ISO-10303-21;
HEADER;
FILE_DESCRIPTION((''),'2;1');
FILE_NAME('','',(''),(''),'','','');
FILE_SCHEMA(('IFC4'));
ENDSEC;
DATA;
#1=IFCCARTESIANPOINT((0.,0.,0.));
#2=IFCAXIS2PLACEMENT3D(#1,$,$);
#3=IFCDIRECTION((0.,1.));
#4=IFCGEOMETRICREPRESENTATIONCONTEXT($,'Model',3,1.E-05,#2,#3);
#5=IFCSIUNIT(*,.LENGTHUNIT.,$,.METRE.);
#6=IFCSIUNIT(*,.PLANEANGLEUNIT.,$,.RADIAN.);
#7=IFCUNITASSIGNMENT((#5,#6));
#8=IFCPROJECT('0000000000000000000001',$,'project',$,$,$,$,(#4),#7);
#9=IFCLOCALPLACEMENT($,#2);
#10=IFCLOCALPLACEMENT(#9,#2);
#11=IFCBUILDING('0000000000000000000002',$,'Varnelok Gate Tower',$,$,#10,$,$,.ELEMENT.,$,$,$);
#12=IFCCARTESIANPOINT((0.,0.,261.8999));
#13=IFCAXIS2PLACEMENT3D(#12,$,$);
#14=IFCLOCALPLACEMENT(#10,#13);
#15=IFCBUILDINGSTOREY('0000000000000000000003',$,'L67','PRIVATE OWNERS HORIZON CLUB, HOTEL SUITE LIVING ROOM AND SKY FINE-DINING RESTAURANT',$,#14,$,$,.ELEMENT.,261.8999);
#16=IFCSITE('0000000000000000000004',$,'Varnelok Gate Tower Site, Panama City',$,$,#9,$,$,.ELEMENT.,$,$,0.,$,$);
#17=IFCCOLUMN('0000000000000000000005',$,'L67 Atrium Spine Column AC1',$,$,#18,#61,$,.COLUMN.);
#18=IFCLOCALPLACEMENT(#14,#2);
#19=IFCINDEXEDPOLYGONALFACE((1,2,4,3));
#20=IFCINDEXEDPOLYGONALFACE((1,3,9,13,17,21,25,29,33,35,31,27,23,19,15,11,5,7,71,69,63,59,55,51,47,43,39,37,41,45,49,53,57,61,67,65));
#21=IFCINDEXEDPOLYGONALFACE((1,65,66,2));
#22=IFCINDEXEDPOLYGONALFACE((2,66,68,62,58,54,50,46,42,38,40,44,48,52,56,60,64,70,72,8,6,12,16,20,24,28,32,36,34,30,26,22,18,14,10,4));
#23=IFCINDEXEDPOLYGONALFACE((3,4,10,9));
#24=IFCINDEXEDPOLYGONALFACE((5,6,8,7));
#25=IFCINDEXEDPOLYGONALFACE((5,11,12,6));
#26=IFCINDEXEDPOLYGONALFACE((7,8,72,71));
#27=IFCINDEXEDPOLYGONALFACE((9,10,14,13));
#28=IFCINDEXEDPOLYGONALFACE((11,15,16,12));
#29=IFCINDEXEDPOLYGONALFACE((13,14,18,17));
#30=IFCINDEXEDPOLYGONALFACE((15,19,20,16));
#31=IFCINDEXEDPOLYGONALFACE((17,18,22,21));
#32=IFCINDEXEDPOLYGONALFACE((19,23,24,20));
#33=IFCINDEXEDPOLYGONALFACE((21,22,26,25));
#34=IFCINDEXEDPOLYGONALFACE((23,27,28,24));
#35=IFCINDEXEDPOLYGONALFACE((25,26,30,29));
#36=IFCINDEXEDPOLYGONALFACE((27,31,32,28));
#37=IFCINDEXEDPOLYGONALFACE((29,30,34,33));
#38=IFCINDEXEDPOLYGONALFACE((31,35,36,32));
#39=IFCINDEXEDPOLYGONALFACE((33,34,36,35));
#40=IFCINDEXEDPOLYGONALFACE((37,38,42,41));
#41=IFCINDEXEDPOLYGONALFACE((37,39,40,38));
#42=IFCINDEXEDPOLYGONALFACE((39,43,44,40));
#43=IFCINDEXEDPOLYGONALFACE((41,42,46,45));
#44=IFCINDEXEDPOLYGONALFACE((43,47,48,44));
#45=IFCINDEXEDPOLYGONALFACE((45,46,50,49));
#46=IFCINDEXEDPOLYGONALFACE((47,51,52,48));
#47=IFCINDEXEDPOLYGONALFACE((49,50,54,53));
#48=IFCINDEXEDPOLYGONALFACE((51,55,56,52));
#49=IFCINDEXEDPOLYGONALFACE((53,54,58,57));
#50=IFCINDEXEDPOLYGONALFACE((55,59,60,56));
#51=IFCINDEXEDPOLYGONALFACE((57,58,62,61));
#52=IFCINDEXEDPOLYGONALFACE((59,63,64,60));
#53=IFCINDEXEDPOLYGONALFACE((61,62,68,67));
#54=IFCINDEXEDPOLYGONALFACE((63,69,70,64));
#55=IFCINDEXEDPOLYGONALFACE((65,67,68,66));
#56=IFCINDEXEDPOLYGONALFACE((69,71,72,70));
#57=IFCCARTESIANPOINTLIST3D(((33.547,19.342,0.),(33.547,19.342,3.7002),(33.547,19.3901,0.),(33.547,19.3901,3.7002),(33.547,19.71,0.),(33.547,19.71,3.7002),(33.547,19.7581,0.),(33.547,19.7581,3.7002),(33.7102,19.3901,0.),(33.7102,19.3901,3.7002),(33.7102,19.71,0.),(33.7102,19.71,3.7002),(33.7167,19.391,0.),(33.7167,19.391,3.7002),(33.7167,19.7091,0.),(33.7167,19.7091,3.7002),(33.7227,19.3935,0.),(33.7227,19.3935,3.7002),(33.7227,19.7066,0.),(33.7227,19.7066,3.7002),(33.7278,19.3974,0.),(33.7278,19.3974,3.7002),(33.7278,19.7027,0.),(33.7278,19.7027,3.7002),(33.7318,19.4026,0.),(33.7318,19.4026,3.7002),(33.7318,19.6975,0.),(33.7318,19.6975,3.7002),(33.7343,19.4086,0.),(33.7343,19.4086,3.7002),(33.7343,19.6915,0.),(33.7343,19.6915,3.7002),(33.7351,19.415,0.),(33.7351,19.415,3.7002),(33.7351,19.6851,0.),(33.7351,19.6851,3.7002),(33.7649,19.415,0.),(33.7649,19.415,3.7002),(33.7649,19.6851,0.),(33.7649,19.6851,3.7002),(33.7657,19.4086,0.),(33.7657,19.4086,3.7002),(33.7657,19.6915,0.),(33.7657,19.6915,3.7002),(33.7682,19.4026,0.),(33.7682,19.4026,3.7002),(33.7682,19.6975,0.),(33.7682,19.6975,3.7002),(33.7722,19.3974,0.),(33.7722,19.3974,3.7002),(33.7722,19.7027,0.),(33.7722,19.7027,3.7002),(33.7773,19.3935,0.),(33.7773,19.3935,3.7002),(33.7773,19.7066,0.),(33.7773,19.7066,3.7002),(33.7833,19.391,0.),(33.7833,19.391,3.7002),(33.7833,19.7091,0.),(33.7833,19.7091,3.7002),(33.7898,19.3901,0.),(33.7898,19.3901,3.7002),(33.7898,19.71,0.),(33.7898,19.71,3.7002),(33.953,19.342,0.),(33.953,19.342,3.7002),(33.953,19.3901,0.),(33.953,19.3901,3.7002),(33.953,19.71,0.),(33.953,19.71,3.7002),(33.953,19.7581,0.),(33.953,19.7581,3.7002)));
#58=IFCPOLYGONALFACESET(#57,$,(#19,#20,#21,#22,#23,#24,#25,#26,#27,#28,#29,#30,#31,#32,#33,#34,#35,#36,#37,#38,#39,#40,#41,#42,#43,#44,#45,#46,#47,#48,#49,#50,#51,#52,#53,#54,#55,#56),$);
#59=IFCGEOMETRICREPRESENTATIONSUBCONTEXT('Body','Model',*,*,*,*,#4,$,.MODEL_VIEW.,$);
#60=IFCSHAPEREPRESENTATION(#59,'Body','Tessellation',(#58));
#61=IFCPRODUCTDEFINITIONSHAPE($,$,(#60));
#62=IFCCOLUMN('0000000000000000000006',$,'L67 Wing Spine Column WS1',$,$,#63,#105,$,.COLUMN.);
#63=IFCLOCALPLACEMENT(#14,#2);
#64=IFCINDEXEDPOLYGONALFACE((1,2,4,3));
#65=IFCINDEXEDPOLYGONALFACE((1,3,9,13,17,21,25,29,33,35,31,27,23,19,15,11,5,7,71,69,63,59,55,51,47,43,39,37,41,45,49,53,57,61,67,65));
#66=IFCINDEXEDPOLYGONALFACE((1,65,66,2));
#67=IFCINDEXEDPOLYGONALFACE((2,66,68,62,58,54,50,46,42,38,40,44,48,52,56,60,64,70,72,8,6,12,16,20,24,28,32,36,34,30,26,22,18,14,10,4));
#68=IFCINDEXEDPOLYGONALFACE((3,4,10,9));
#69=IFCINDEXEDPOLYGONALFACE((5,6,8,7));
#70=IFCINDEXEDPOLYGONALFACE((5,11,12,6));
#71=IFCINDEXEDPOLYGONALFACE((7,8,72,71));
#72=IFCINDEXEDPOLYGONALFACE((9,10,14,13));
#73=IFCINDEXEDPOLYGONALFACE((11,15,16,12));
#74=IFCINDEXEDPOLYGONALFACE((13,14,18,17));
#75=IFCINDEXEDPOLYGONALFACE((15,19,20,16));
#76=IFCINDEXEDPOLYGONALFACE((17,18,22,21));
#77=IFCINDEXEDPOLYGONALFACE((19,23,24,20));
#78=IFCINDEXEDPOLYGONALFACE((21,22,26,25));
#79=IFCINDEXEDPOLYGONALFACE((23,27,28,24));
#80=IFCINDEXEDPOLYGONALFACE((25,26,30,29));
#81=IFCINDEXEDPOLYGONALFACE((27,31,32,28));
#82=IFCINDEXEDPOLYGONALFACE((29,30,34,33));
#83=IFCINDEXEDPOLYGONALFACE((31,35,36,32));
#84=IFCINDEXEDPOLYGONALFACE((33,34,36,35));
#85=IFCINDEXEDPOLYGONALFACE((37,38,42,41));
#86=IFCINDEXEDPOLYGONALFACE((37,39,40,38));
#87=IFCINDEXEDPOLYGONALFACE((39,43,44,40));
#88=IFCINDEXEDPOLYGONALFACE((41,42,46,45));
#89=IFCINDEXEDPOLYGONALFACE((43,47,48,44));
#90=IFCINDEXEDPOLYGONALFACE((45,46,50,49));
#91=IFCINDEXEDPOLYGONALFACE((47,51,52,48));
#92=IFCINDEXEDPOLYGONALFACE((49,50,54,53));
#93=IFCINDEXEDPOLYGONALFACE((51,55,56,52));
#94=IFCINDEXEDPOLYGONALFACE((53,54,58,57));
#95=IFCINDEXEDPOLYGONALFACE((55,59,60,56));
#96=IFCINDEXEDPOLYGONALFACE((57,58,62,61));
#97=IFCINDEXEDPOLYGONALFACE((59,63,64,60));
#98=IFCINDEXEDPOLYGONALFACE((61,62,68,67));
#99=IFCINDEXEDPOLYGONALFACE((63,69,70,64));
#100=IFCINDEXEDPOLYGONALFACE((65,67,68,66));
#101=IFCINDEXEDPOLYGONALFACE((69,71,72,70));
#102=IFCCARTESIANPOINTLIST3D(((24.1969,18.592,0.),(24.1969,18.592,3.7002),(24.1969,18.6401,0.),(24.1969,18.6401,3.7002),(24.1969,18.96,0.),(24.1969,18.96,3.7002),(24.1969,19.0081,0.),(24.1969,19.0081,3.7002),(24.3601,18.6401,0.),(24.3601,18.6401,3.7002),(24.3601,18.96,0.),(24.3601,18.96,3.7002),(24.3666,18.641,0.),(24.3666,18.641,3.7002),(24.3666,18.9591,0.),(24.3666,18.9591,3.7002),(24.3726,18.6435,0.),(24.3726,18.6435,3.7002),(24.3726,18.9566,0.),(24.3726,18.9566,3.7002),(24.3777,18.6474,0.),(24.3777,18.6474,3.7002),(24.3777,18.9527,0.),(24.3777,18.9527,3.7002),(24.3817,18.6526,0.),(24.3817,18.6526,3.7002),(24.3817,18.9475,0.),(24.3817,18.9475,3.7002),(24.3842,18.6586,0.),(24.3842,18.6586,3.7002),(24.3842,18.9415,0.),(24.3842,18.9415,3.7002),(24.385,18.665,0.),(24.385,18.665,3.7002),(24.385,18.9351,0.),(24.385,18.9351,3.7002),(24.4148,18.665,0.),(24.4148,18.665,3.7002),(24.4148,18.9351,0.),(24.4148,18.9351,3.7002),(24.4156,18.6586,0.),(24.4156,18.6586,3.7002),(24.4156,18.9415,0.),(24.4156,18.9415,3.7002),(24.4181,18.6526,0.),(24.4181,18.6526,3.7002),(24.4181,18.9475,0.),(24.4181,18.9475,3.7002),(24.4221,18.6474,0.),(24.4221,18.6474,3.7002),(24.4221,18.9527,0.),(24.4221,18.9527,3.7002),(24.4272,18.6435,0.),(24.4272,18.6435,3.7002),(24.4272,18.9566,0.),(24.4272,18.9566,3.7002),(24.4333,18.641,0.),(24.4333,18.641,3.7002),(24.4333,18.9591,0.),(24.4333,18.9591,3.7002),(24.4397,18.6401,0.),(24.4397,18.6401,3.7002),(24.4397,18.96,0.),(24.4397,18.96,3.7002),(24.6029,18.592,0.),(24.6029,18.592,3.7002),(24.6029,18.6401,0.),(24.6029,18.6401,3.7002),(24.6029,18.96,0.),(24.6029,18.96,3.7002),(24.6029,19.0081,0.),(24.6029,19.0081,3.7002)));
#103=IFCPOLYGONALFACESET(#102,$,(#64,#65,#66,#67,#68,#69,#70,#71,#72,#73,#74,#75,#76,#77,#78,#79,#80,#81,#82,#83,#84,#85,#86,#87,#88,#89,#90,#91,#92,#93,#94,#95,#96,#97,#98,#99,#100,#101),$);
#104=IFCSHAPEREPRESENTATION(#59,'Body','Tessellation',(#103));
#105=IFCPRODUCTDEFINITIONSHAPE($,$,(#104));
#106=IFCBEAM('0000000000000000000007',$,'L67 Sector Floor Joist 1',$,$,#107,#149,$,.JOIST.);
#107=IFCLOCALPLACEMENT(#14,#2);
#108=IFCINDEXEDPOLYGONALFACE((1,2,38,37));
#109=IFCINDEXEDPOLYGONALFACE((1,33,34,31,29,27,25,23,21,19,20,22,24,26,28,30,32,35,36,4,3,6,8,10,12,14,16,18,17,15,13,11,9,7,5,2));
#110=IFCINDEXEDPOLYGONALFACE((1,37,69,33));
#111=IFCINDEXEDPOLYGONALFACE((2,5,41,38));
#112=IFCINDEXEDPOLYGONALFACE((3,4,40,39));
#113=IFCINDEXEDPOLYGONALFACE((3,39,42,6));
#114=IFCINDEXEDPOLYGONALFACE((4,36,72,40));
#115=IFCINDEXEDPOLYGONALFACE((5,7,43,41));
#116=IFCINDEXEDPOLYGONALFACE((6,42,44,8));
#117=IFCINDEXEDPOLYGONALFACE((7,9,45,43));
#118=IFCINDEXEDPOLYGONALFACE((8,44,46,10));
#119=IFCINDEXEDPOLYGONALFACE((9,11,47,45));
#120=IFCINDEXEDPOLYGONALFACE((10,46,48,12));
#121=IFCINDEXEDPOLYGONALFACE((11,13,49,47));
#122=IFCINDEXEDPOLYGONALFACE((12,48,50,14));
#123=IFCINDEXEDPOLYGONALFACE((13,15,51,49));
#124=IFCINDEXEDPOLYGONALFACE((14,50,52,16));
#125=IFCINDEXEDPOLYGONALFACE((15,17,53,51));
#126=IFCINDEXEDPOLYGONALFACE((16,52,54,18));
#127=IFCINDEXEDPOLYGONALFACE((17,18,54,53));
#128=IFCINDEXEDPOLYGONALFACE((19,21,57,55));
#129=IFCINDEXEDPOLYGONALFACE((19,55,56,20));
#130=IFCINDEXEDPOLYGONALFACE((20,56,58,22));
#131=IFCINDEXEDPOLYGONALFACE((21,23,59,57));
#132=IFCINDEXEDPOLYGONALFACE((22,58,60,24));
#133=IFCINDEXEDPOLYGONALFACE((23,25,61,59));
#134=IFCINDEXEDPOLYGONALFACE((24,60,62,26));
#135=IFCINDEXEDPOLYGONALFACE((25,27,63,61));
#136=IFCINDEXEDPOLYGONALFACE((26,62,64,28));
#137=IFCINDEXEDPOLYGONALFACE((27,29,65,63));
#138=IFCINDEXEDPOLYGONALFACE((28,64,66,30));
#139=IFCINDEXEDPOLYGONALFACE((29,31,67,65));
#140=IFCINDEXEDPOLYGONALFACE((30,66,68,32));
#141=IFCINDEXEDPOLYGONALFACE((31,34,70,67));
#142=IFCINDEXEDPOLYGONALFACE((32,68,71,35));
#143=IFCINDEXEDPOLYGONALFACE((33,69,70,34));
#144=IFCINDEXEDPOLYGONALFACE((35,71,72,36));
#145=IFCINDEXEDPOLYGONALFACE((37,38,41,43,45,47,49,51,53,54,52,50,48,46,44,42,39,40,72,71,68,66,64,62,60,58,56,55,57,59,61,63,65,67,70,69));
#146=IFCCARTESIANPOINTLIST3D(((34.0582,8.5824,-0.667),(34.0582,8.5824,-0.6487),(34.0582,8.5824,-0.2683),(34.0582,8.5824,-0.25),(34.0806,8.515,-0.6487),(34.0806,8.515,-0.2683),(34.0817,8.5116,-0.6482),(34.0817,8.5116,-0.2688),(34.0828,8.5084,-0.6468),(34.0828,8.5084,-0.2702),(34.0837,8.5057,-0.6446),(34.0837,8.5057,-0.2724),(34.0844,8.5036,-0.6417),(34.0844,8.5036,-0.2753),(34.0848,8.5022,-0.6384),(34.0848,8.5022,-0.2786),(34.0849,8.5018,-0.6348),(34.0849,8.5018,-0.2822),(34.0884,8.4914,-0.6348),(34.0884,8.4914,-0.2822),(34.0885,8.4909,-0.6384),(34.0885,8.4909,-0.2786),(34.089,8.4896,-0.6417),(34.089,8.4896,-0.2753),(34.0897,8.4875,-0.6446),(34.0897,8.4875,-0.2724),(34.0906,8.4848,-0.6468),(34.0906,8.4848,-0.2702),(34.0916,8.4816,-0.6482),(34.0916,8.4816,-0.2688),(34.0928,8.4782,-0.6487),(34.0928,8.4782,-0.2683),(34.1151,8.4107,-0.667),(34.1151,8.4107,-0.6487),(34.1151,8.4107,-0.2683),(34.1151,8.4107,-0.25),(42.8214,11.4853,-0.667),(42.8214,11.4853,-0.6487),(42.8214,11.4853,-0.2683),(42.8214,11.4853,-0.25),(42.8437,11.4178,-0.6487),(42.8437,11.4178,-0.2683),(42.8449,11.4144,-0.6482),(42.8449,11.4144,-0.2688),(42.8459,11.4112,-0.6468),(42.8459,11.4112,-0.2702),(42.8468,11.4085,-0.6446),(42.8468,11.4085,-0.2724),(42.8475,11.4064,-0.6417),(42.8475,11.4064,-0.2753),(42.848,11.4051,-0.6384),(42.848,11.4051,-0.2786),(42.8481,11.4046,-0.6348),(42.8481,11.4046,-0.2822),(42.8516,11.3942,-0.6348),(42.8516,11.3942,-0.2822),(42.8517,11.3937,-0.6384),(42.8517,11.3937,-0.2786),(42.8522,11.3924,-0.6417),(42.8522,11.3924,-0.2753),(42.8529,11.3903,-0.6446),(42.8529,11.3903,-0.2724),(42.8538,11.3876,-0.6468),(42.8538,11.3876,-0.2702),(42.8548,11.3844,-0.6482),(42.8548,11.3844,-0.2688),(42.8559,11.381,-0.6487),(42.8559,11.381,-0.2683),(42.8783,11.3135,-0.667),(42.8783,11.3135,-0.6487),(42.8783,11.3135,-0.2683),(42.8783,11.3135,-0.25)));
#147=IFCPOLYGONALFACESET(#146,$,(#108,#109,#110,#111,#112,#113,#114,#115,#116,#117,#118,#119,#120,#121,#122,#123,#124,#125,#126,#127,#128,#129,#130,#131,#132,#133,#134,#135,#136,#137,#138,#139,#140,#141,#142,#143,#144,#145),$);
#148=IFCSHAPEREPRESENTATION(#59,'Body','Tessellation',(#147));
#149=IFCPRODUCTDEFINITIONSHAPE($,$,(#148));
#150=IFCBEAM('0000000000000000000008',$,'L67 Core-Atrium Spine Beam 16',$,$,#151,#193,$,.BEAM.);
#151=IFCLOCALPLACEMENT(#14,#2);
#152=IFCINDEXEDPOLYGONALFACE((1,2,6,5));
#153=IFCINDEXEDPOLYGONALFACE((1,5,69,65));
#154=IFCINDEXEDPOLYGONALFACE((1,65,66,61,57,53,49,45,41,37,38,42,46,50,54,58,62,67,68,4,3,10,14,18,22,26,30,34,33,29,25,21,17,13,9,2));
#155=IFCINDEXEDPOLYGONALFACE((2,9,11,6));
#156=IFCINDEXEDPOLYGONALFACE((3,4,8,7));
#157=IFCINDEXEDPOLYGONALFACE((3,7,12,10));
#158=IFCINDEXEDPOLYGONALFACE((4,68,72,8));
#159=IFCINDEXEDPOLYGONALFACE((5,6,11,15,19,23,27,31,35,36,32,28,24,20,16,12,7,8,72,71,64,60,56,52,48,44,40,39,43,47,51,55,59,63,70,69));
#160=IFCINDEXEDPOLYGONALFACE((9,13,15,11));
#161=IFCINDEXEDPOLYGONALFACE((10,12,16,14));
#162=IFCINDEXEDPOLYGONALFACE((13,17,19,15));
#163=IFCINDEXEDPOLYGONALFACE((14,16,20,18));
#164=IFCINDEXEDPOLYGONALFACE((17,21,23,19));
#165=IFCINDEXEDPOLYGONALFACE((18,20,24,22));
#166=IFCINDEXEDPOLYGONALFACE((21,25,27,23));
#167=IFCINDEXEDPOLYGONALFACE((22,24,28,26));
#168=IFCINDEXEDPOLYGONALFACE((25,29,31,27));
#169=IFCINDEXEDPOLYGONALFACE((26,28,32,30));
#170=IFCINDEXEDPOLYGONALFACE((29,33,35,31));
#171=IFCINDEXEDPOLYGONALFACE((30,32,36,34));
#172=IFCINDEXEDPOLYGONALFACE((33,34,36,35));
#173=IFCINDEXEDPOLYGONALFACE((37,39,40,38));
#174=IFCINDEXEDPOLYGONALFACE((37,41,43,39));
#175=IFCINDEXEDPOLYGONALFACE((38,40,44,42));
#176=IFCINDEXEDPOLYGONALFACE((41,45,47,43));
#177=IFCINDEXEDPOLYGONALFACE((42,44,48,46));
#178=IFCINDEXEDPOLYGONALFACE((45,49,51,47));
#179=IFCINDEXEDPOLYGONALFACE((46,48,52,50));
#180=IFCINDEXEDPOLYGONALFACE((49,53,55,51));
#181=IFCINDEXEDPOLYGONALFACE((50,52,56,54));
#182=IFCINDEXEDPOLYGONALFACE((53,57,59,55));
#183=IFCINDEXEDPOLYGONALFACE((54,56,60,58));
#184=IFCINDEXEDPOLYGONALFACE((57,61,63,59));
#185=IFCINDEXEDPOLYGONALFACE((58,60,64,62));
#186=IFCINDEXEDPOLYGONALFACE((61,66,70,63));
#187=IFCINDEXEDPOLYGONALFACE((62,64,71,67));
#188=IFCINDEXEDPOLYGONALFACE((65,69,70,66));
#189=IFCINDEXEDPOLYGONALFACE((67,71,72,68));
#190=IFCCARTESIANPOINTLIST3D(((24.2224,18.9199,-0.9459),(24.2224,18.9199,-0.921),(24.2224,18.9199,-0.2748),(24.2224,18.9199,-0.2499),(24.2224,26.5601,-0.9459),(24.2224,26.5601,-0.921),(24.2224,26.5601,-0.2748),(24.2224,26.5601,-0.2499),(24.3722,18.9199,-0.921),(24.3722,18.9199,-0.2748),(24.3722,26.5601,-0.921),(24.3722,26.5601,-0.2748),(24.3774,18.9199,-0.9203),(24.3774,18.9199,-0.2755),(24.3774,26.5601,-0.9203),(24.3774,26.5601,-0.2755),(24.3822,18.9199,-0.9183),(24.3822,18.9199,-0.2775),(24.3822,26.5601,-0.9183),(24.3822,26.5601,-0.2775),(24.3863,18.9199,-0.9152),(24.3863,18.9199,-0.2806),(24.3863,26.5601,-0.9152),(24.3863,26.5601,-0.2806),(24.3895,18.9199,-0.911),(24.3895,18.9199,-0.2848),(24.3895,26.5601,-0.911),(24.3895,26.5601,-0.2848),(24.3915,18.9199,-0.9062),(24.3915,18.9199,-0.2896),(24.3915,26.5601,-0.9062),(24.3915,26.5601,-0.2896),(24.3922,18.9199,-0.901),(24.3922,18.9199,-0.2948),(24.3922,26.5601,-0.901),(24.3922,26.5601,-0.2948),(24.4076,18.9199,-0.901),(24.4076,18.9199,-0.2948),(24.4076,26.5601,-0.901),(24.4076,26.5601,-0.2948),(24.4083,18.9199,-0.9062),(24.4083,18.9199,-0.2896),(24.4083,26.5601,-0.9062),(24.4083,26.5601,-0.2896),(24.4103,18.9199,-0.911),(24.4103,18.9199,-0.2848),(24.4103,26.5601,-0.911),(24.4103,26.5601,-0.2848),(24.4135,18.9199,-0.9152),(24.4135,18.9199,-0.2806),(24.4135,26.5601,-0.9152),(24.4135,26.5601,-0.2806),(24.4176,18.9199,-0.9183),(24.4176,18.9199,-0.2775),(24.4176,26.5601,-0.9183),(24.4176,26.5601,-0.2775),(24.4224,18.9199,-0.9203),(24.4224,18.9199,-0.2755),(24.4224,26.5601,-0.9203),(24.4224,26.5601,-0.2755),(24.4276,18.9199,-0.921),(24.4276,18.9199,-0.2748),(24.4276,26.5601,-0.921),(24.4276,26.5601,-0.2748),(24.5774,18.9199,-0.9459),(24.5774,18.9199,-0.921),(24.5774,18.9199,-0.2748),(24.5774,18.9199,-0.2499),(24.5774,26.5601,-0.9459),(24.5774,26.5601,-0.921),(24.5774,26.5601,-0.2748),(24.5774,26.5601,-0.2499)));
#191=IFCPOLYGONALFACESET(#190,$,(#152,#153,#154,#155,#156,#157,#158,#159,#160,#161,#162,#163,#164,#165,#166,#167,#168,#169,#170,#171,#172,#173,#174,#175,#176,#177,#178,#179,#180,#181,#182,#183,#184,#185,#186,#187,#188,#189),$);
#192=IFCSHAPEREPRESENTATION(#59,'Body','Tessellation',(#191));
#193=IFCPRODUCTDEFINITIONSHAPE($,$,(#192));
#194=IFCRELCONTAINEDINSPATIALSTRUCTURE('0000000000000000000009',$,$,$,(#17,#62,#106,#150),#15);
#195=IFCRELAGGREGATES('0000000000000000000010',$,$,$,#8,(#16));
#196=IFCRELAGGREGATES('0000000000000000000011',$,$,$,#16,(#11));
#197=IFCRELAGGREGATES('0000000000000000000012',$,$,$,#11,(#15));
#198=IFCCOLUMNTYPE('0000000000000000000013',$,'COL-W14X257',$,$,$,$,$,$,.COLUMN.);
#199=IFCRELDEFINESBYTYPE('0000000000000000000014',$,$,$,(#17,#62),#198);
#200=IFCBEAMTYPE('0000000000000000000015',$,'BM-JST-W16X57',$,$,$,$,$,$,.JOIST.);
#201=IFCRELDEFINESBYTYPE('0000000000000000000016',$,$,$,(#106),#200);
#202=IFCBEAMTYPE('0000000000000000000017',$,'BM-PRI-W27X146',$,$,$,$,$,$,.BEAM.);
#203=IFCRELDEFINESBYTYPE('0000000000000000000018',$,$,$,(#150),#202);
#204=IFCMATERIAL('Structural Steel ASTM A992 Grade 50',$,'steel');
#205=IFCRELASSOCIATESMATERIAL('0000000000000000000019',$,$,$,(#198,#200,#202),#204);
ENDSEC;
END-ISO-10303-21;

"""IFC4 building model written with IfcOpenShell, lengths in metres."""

from ifc_helpers import new_model, si_unit, direction, frame, origin, origin_2d, place, context, subcontext, project, spatial, i_section, extrude, material, material_profile, profile_set, type_object, element, save


model = new_model("IFC4")

# Units and contexts
model_context = context("Model", 3, precision=1e-05, world=origin(), true_north=direction((0.0, 1.0)))
body_context = subcontext(model_context, "Body", "Model", "MODEL_VIEW")
ifc_project = project(units=[si_unit("LENGTHUNIT", "METRE"), si_unit("PLANEANGLEUNIT", "RADIAN")], contexts=[model_context])

# Site, building, storey
site_placement = place(None, origin())
site = spatial("IfcSite", under=ifc_project, at=site_placement, Name="Varnelok Gate Tower Site, Panama City", CompositionType="ELEMENT", RefElevation=0.0)
building_placement = place(site_placement, origin())
building = spatial("IfcBuilding", under=site, at=building_placement, Name="Varnelok Gate Tower", CompositionType="ELEMENT")
storey_placement = place(building_placement, frame((0.0, 0.0, 261.8999)))
storey = spatial("IfcBuildingStorey", under=building, at=storey_placement, Name="L67", Description="PRIVATE OWNERS HORIZON CLUB, HOTEL SUITE LIVING ROOM AND SKY FINE-DINING RESTAURANT", CompositionType="ELEMENT", Elevation=261.8999)

# Columns
ifc_material_1 = material(Name="Structural Steel ASTM A992 Grade 50", Category="steel")
ifc_material_profile_1 = material_profile(ifc_material_1, i_section(OverallWidth=0.406, OverallDepth=0.416, WebThickness=0.0298, FlangeThickness=0.0481, FilletRadius=0.0249, at=origin_2d()), Name="W14X257")
ifc_profile_set_1 = profile_set([ifc_material_profile_1], Name="Structural Steel ASTM A992 Grade 50")
column_type = type_object("IfcColumnType", Name="COL-W14X257", PredefinedType="COLUMN", material=ifc_profile_set_1)
for number, where, z_axis, x_axis, name in (
    (1, (33.75, 19.55, 0.0), (0.0, 0.0, 1.0), (1.0, 0.0, 0.0), "L67 Atrium Spine Column AC1"),
    (2, (24.3999, 18.8, 0.0), (0.0, 0.0, 1.0), (1.0, 0.0, 0.0), "L67 Wing Spine Column WS1"),
):
    element("IfcColumn", number, at=place(storey_placement, frame(where, z_axis=z_axis, x_axis=x_axis)), inside=storey, type_object=column_type, Name=name, PredefinedType="COLUMN", context=body_context, shape_type="SweptSolid", body=[
        extrude(i_section(OverallWidth=0.406, OverallDepth=0.416, WebThickness=0.0298, FlangeThickness=0.0481, FilletRadius=0.0249, at=origin_2d()), origin(), (0.0, 0.0, 1.0), 3.7002),
    ])

# Beams
ifc_material_profile_2 = material_profile(ifc_material_1, i_section(OverallWidth=0.1809, OverallDepth=0.417, WebThickness=0.011, FlangeThickness=0.0183, FilletRadius=0.0139, at=origin_2d()), Name="W16X57")
ifc_profile_set_2 = profile_set([ifc_material_profile_2], Name="Structural Steel ASTM A992 Grade 50")
beam_type_1 = type_object("IfcBeamType", Name="BM-JST-W16X57", PredefinedType="JOIST", material=ifc_profile_set_2)
beam_1_placement = place(storey_placement, frame((34.0867, 8.4966, -0.4585), z_axis=(0.949274, 0.31445, 0.0), x_axis=(-0.31445, 0.949274, 0.0)))
element("IfcBeam", 3, at=beam_1_placement, inside=storey, type_object=beam_type_1, Name="L67 Sector Floor Joist 1", PredefinedType="JOIST", context=body_context, shape_type="SweptSolid", body=[
    extrude(i_section(OverallWidth=0.1809, OverallDepth=0.417, WebThickness=0.011, FlangeThickness=0.0183, FilletRadius=0.0139, at=origin_2d()), origin(), (0.0, 0.0, 1.0), 9.2314),
])
ifc_material_profile_3 = material_profile(ifc_material_1, i_section(OverallWidth=0.355, OverallDepth=0.696, WebThickness=0.0154, FlangeThickness=0.0249, FilletRadius=0.02, at=origin_2d()), Name="W27X146")
ifc_profile_set_3 = profile_set([ifc_material_profile_3], Name="Structural Steel ASTM A992 Grade 50")
beam_type_2 = type_object("IfcBeamType", Name="BM-PRI-W27X146", PredefinedType="BEAM", material=ifc_profile_set_3)
beam_2_placement = place(storey_placement, frame((24.3999, 18.9199, -0.5979), z_axis=(0.0, 1.0, 0.0), x_axis=(-1.0, 0.0, 0.0)))
element("IfcBeam", 4, at=beam_2_placement, inside=storey, type_object=beam_type_2, Name="L67 Core-Atrium Spine Beam 16", PredefinedType="BEAM", context=body_context, shape_type="SweptSolid", body=[
    extrude(i_section(OverallWidth=0.355, OverallDepth=0.696, WebThickness=0.0154, FlangeThickness=0.0249, FilletRadius=0.02, at=origin_2d()), origin(), (0.0, 0.0, 1.0), 7.6401),
])

save(model, "model.ifc")
